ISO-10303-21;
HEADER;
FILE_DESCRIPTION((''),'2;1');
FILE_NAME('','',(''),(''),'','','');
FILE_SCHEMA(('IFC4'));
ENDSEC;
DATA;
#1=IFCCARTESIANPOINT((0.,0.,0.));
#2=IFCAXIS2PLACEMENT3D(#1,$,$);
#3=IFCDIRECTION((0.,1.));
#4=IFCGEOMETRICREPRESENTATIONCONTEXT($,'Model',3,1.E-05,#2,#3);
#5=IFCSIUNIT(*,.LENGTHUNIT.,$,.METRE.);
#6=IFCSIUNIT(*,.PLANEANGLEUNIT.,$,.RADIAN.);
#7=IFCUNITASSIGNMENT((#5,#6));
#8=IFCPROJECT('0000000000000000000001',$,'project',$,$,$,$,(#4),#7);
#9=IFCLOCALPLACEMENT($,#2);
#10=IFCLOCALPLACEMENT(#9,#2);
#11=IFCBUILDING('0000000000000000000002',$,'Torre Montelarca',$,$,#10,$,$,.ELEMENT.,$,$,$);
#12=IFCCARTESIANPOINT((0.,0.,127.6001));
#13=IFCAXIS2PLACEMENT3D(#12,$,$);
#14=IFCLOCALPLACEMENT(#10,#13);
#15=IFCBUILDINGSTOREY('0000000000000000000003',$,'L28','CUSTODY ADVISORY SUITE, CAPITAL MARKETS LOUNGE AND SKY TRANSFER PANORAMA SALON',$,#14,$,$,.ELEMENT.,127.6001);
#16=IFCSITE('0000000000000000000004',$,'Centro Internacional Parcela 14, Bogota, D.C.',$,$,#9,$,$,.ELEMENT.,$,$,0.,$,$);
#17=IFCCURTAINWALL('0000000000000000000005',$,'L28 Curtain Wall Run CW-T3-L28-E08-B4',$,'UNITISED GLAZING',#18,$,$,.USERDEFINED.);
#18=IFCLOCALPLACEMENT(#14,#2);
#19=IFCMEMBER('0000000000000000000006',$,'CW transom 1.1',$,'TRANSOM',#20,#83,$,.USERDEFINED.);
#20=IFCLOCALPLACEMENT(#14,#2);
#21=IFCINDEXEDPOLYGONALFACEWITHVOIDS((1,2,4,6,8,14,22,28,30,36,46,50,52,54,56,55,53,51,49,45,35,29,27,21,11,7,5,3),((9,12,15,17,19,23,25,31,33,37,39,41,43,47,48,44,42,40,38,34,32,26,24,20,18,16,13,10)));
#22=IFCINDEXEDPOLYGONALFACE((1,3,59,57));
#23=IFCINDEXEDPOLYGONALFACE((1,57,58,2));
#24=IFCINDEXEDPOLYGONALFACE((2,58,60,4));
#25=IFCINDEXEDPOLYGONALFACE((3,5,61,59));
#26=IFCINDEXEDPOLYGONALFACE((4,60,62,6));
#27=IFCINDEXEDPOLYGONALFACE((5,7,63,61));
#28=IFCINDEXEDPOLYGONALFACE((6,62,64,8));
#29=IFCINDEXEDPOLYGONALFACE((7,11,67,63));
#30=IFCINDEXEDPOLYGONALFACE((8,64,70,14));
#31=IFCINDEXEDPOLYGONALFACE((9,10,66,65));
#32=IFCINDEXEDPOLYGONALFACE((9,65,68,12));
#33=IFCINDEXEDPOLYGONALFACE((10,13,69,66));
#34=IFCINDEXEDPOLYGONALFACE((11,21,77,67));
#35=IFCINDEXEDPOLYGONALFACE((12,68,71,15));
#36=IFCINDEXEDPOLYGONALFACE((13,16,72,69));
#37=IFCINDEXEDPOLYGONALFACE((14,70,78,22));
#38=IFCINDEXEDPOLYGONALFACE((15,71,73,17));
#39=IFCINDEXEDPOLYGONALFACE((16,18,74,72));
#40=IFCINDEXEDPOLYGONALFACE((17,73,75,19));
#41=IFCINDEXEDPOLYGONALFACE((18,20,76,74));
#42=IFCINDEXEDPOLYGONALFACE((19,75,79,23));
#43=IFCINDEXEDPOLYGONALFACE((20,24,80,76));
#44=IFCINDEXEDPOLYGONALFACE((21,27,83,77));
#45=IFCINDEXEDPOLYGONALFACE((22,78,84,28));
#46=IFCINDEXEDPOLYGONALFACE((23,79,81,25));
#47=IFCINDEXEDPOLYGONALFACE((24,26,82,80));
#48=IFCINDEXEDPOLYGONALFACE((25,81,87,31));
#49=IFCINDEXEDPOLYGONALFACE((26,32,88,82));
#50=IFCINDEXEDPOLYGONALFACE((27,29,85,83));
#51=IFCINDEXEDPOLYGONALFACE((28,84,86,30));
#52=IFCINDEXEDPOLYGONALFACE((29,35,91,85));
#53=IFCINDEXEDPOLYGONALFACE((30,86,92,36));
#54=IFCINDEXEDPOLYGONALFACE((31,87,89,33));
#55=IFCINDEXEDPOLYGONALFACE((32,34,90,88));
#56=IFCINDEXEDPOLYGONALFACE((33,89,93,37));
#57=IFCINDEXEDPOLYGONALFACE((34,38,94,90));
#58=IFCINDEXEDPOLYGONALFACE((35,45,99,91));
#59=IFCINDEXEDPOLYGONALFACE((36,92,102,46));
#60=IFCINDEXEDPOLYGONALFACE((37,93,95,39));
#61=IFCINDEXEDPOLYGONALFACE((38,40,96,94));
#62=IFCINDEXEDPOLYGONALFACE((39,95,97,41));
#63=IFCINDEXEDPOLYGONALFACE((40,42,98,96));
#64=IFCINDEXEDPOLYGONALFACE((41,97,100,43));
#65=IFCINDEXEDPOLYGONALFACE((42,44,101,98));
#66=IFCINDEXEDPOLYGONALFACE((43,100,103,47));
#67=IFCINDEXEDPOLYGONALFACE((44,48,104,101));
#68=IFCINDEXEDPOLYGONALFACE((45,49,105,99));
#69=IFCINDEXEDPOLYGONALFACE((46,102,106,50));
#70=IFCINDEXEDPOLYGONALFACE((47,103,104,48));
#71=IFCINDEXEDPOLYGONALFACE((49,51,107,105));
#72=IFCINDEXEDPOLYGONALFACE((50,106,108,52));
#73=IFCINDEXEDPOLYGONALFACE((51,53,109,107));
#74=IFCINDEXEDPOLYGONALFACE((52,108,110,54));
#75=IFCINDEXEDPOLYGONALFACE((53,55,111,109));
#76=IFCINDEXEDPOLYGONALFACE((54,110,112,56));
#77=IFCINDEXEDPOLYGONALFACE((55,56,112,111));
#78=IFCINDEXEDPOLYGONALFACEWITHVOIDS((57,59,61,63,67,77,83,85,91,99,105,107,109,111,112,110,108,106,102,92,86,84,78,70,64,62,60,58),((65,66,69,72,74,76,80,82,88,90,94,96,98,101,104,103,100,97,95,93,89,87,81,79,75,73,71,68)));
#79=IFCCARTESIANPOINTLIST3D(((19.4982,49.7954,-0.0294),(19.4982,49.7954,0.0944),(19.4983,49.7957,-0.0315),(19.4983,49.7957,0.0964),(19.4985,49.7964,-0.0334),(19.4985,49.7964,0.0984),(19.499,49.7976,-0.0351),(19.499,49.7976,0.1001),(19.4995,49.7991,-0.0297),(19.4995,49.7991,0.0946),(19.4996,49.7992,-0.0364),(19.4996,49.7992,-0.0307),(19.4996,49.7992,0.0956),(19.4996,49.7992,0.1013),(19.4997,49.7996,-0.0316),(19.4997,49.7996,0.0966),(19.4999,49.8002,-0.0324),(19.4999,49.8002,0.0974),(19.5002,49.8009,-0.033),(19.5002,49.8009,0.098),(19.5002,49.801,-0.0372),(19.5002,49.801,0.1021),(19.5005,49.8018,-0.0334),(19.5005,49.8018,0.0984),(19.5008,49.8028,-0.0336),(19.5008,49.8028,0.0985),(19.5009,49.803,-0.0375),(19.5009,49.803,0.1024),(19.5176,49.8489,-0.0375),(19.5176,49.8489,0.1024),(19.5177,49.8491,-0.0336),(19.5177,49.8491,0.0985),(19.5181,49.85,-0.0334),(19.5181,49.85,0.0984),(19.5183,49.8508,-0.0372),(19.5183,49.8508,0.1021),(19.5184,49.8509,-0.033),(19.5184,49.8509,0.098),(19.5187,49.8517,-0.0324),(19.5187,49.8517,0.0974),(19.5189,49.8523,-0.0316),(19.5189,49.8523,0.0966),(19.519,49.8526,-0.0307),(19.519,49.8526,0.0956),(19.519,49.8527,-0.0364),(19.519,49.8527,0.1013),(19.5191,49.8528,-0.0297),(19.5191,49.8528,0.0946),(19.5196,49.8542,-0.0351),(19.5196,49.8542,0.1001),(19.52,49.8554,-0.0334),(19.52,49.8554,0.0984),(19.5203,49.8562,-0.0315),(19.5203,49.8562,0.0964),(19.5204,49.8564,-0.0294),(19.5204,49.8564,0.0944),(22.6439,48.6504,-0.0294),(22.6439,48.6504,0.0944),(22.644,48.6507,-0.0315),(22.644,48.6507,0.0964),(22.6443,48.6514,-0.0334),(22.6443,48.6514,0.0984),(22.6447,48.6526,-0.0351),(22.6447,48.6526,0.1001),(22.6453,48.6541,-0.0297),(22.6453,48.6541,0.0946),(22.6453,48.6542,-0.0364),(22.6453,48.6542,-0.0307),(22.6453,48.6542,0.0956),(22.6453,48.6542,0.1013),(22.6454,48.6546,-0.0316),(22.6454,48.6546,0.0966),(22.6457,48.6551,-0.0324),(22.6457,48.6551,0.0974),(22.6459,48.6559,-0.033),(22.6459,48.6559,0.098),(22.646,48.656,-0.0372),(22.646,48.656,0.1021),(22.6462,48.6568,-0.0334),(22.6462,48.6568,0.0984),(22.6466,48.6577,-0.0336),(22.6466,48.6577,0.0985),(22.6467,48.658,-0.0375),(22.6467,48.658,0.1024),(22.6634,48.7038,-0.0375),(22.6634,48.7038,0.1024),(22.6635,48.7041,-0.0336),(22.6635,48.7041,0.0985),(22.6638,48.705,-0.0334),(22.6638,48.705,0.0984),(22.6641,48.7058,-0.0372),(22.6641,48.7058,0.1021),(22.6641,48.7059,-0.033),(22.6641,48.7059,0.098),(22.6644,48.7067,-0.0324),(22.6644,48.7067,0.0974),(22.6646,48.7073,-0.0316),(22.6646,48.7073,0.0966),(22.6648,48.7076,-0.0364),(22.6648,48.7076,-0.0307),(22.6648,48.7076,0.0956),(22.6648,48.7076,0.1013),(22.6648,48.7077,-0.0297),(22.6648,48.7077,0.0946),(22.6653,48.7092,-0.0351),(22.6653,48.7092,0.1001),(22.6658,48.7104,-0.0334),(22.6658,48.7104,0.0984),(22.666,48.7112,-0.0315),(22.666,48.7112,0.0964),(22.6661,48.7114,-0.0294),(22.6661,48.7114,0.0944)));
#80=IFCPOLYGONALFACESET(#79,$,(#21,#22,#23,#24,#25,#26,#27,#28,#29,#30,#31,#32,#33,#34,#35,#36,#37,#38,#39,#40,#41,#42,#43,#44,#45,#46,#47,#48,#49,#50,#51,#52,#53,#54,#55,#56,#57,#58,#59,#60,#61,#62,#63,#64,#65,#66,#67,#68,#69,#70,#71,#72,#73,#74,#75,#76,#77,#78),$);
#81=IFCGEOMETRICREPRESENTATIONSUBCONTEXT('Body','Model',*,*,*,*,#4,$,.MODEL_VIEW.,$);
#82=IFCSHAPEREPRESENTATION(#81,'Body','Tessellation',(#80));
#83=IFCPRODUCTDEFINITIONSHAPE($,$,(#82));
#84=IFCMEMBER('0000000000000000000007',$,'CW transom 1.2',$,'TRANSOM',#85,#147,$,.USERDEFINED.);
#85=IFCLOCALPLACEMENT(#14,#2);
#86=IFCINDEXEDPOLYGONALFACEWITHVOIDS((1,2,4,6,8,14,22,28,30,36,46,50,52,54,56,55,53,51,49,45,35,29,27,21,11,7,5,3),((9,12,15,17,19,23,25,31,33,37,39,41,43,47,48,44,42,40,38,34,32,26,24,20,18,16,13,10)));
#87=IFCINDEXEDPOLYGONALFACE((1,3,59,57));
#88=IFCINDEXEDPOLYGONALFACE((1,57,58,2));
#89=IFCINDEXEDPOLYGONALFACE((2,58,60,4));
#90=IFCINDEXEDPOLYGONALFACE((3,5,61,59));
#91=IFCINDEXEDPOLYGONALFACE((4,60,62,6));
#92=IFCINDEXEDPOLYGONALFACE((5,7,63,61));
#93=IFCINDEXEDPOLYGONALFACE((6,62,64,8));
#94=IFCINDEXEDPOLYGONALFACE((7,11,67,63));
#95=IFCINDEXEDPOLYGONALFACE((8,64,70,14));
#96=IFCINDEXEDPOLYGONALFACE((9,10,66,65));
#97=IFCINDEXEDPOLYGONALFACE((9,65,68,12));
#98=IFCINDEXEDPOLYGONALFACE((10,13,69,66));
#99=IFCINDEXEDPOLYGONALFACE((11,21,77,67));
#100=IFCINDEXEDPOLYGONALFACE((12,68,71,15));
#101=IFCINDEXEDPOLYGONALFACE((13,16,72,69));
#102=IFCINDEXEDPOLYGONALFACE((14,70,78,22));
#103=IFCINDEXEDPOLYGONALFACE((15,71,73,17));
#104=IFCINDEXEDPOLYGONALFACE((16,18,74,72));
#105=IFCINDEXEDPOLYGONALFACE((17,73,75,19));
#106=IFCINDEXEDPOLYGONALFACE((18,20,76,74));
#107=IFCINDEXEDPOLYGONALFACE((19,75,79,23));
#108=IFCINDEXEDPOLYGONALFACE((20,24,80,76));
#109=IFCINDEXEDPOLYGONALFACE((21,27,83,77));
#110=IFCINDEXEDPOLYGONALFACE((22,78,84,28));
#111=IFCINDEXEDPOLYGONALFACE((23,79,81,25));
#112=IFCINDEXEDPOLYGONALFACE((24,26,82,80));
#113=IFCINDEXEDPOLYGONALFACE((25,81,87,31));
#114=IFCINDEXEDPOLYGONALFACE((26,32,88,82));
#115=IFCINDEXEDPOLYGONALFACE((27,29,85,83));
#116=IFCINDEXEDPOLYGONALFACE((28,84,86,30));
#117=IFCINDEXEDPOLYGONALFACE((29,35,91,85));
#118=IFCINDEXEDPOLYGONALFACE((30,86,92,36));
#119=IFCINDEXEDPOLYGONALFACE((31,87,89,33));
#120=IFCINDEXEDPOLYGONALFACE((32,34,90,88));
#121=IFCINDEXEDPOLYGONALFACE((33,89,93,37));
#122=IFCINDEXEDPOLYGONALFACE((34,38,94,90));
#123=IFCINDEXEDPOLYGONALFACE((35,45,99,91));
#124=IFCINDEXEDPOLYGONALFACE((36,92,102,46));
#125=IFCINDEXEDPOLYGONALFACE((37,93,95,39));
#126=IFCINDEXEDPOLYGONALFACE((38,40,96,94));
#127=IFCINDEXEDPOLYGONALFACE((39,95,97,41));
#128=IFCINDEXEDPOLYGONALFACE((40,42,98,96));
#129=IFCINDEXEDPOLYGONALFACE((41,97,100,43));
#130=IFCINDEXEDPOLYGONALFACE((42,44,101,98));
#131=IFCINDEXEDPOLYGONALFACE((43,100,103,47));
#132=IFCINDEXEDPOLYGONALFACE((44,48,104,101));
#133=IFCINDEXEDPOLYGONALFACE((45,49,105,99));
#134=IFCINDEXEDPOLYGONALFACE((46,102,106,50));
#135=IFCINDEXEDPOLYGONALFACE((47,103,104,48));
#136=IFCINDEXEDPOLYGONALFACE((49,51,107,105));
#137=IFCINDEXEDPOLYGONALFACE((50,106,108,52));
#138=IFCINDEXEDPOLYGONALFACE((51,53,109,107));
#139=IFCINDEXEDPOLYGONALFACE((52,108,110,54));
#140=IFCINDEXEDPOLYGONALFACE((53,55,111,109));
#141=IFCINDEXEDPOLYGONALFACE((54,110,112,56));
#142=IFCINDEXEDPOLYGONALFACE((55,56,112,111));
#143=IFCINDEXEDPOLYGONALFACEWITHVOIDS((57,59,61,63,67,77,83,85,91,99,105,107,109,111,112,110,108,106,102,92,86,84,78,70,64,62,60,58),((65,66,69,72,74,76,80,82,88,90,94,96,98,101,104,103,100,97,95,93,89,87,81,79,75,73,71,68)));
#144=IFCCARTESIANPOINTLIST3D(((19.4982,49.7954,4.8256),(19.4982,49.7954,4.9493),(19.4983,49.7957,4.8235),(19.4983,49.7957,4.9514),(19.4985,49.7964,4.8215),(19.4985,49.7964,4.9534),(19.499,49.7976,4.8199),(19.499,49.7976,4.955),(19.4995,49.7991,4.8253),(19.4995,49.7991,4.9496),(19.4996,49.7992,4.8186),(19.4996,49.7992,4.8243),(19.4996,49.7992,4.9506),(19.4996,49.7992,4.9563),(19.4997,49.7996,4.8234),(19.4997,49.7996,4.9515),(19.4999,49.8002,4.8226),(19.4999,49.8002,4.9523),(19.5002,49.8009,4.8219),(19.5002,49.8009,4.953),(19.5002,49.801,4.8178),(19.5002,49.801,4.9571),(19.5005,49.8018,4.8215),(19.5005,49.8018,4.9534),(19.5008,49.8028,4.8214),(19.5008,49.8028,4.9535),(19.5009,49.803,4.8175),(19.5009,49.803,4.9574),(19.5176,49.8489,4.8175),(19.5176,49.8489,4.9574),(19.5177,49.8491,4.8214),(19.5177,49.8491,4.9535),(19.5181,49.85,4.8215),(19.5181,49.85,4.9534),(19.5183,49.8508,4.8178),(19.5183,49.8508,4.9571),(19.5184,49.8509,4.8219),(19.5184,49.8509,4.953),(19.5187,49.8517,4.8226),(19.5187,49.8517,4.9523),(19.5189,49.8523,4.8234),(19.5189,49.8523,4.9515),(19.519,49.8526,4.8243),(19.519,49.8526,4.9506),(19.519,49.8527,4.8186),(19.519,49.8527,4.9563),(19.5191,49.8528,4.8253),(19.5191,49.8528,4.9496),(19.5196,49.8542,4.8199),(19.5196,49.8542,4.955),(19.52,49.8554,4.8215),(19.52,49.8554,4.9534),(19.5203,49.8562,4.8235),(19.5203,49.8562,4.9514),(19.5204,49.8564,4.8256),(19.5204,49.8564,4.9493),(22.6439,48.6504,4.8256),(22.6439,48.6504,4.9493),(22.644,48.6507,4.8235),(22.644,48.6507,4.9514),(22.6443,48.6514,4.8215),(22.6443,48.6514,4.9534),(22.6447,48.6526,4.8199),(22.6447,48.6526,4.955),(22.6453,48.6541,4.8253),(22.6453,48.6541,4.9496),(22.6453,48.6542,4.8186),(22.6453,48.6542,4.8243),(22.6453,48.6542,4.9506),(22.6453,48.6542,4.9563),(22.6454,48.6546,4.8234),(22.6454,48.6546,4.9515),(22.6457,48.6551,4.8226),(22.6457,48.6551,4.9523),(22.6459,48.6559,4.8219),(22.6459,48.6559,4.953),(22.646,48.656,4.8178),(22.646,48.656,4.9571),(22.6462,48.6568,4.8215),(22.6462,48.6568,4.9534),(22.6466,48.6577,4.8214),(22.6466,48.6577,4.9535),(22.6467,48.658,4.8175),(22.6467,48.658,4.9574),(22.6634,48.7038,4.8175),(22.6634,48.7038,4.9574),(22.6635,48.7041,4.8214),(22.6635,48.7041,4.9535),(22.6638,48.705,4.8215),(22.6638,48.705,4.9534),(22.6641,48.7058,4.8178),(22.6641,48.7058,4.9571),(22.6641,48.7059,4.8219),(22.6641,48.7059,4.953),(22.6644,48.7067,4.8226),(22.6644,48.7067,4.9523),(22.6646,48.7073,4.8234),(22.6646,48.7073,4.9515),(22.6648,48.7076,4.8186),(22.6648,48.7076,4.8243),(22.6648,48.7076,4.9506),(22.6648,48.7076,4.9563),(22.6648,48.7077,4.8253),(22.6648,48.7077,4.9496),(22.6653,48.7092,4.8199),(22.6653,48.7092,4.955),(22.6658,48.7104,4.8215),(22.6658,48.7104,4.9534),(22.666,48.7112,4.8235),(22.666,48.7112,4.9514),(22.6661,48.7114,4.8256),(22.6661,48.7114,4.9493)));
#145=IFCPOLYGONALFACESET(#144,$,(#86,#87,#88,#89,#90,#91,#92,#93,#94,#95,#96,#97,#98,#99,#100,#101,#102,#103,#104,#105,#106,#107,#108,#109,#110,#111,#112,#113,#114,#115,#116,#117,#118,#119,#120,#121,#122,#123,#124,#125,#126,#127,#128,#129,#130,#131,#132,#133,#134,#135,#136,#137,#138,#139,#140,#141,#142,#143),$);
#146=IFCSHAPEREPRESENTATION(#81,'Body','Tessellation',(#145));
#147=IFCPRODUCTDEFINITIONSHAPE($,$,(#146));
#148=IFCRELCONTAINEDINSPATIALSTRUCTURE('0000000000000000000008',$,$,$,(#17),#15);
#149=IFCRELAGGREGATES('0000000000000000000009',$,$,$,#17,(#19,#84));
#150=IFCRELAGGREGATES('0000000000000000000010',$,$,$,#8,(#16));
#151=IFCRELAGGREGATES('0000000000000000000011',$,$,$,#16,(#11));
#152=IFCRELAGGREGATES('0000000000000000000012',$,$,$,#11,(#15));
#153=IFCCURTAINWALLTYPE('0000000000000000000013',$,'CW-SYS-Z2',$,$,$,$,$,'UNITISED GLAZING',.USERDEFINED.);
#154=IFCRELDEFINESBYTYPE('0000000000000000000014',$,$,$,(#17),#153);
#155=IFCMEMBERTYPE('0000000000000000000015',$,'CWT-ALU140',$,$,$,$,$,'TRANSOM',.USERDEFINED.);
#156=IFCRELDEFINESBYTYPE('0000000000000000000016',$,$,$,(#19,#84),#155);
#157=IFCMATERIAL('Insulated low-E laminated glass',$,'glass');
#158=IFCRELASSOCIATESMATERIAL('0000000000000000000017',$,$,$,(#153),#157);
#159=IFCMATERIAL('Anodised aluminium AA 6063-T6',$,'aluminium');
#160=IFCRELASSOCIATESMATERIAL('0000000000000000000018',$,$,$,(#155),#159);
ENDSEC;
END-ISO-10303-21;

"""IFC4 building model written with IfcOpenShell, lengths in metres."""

from ifc_helpers import new_model, si_unit, direction, frame, origin, origin_2d, place, context, subcontext, project, spatial, hollow_rectangle, extrude, source, transform, mapped, material, material_profile, profile_set, type_object, element, aggregate, save


model = new_model("IFC4")

# Units and contexts
model_context = context("Model", 3, precision=1e-05, world=origin(), true_north=direction((0.0, 1.0)))
body_context = subcontext(model_context, "Body", "Model", "MODEL_VIEW")
ifc_project = project(units=[si_unit("LENGTHUNIT", "METRE"), si_unit("PLANEANGLEUNIT", "RADIAN")], contexts=[model_context])

# Site, building, storey
site_placement = place(None, origin())
site = spatial("IfcSite", under=ifc_project, at=site_placement, Name="Centro Internacional Parcela 14, Bogota, D.C.", CompositionType="ELEMENT", RefElevation=0.0)
building_placement = place(site_placement, origin())
building = spatial("IfcBuilding", under=site, at=building_placement, Name="Torre Montelarca", CompositionType="ELEMENT")
storey_placement = place(building_placement, frame((0.0, 0.0, 127.6001)))
storey = spatial("IfcBuildingStorey", under=building, at=storey_placement, Name="L28", Description="CUSTODY ADVISORY SUITE, CAPITAL MARKETS LOUNGE AND SKY TRANSFER PANORAMA SALON", CompositionType="ELEMENT", Elevation=127.6001)

# Curtain wall
ifc_material_1 = material(Name="Insulated low-E laminated glass", Category="glass")
curtain_wall_type = type_object("IfcCurtainWallType", Name="CW-SYS-Z2", ElementType="UNITISED GLAZING", PredefinedType="USERDEFINED", material=ifc_material_1)
ifc_material_2 = material(Name="Anodised aluminium AA 6063-T6", Category="aluminium")
ifc_material_profile_1 = material_profile(ifc_material_2, hollow_rectangle(XDim=0.0649, YDim=0.1399, WallThickness=0.0039, InnerFilletRadius=0.0039, OuterFilletRadius=0.0081, at=origin_2d()), Name="ALU65X140X4", Category="aluminium")
ifc_profile_set_1 = profile_set([ifc_material_profile_1], Name="Anodised aluminium AA 6063-T6")
member_type_1 = type_object("IfcMemberType", Name="CWT-ALU140", ElementType="TRANSOM", PredefinedType="USERDEFINED", material=ifc_profile_set_1)
curtain_wall_1_placement = place(storey_placement, origin())
curtain_wall_1 = element("IfcCurtainWall", 1, at=curtain_wall_1_placement, inside=storey, type_object=curtain_wall_type, Name="L28 Curtain Wall Run CW-T3-L28-E08-B4", ObjectType="UNITISED GLAZING", PredefinedType="USERDEFINED")

# Members
shared_shape_1 = source(origin(), body_context, "Body", "SweptSolid", [
    extrude(hollow_rectangle(XDim=0.0649, YDim=0.1399, WallThickness=0.0039, InnerFilletRadius=0.0039, OuterFilletRadius=0.0081, at=origin_2d()), origin(), (0.0, 0.0, 1.0), 3.3477),
])
member_1_placement = place(storey_placement, frame((22.655, 48.6809, 0.0325), z_axis=(-0.939687, 0.342036, 0.0), x_axis=(-0.342036, -0.939687, 0.0)))
member_1 = element("IfcMember", 2, at=member_1_placement, type_object=member_type_1, Name="CW transom 1.1", ObjectType="TRANSOM", PredefinedType="USERDEFINED", context=body_context, shape_type="MappedRepresentation", body=[
    mapped(shared_shape_1, transform((0.0, 0.0, 0.0), scale=1.0)),
])
member_2_placement = place(storey_placement, frame((22.655, 48.6809, 4.8875), z_axis=(-0.939687, 0.342036, 0.0), x_axis=(-0.342036, -0.939687, 0.0)))
member_2 = element("IfcMember", 3, at=member_2_placement, type_object=member_type_1, Name="CW transom 1.2", ObjectType="TRANSOM", PredefinedType="USERDEFINED", context=body_context, shape_type="MappedRepresentation", body=[
    mapped(shared_shape_1, transform((0.0, 0.0, 0.0), scale=1.0)),
])

aggregate(curtain_wall_1, [member_1, member_2])

save(model, "model.ifc")
